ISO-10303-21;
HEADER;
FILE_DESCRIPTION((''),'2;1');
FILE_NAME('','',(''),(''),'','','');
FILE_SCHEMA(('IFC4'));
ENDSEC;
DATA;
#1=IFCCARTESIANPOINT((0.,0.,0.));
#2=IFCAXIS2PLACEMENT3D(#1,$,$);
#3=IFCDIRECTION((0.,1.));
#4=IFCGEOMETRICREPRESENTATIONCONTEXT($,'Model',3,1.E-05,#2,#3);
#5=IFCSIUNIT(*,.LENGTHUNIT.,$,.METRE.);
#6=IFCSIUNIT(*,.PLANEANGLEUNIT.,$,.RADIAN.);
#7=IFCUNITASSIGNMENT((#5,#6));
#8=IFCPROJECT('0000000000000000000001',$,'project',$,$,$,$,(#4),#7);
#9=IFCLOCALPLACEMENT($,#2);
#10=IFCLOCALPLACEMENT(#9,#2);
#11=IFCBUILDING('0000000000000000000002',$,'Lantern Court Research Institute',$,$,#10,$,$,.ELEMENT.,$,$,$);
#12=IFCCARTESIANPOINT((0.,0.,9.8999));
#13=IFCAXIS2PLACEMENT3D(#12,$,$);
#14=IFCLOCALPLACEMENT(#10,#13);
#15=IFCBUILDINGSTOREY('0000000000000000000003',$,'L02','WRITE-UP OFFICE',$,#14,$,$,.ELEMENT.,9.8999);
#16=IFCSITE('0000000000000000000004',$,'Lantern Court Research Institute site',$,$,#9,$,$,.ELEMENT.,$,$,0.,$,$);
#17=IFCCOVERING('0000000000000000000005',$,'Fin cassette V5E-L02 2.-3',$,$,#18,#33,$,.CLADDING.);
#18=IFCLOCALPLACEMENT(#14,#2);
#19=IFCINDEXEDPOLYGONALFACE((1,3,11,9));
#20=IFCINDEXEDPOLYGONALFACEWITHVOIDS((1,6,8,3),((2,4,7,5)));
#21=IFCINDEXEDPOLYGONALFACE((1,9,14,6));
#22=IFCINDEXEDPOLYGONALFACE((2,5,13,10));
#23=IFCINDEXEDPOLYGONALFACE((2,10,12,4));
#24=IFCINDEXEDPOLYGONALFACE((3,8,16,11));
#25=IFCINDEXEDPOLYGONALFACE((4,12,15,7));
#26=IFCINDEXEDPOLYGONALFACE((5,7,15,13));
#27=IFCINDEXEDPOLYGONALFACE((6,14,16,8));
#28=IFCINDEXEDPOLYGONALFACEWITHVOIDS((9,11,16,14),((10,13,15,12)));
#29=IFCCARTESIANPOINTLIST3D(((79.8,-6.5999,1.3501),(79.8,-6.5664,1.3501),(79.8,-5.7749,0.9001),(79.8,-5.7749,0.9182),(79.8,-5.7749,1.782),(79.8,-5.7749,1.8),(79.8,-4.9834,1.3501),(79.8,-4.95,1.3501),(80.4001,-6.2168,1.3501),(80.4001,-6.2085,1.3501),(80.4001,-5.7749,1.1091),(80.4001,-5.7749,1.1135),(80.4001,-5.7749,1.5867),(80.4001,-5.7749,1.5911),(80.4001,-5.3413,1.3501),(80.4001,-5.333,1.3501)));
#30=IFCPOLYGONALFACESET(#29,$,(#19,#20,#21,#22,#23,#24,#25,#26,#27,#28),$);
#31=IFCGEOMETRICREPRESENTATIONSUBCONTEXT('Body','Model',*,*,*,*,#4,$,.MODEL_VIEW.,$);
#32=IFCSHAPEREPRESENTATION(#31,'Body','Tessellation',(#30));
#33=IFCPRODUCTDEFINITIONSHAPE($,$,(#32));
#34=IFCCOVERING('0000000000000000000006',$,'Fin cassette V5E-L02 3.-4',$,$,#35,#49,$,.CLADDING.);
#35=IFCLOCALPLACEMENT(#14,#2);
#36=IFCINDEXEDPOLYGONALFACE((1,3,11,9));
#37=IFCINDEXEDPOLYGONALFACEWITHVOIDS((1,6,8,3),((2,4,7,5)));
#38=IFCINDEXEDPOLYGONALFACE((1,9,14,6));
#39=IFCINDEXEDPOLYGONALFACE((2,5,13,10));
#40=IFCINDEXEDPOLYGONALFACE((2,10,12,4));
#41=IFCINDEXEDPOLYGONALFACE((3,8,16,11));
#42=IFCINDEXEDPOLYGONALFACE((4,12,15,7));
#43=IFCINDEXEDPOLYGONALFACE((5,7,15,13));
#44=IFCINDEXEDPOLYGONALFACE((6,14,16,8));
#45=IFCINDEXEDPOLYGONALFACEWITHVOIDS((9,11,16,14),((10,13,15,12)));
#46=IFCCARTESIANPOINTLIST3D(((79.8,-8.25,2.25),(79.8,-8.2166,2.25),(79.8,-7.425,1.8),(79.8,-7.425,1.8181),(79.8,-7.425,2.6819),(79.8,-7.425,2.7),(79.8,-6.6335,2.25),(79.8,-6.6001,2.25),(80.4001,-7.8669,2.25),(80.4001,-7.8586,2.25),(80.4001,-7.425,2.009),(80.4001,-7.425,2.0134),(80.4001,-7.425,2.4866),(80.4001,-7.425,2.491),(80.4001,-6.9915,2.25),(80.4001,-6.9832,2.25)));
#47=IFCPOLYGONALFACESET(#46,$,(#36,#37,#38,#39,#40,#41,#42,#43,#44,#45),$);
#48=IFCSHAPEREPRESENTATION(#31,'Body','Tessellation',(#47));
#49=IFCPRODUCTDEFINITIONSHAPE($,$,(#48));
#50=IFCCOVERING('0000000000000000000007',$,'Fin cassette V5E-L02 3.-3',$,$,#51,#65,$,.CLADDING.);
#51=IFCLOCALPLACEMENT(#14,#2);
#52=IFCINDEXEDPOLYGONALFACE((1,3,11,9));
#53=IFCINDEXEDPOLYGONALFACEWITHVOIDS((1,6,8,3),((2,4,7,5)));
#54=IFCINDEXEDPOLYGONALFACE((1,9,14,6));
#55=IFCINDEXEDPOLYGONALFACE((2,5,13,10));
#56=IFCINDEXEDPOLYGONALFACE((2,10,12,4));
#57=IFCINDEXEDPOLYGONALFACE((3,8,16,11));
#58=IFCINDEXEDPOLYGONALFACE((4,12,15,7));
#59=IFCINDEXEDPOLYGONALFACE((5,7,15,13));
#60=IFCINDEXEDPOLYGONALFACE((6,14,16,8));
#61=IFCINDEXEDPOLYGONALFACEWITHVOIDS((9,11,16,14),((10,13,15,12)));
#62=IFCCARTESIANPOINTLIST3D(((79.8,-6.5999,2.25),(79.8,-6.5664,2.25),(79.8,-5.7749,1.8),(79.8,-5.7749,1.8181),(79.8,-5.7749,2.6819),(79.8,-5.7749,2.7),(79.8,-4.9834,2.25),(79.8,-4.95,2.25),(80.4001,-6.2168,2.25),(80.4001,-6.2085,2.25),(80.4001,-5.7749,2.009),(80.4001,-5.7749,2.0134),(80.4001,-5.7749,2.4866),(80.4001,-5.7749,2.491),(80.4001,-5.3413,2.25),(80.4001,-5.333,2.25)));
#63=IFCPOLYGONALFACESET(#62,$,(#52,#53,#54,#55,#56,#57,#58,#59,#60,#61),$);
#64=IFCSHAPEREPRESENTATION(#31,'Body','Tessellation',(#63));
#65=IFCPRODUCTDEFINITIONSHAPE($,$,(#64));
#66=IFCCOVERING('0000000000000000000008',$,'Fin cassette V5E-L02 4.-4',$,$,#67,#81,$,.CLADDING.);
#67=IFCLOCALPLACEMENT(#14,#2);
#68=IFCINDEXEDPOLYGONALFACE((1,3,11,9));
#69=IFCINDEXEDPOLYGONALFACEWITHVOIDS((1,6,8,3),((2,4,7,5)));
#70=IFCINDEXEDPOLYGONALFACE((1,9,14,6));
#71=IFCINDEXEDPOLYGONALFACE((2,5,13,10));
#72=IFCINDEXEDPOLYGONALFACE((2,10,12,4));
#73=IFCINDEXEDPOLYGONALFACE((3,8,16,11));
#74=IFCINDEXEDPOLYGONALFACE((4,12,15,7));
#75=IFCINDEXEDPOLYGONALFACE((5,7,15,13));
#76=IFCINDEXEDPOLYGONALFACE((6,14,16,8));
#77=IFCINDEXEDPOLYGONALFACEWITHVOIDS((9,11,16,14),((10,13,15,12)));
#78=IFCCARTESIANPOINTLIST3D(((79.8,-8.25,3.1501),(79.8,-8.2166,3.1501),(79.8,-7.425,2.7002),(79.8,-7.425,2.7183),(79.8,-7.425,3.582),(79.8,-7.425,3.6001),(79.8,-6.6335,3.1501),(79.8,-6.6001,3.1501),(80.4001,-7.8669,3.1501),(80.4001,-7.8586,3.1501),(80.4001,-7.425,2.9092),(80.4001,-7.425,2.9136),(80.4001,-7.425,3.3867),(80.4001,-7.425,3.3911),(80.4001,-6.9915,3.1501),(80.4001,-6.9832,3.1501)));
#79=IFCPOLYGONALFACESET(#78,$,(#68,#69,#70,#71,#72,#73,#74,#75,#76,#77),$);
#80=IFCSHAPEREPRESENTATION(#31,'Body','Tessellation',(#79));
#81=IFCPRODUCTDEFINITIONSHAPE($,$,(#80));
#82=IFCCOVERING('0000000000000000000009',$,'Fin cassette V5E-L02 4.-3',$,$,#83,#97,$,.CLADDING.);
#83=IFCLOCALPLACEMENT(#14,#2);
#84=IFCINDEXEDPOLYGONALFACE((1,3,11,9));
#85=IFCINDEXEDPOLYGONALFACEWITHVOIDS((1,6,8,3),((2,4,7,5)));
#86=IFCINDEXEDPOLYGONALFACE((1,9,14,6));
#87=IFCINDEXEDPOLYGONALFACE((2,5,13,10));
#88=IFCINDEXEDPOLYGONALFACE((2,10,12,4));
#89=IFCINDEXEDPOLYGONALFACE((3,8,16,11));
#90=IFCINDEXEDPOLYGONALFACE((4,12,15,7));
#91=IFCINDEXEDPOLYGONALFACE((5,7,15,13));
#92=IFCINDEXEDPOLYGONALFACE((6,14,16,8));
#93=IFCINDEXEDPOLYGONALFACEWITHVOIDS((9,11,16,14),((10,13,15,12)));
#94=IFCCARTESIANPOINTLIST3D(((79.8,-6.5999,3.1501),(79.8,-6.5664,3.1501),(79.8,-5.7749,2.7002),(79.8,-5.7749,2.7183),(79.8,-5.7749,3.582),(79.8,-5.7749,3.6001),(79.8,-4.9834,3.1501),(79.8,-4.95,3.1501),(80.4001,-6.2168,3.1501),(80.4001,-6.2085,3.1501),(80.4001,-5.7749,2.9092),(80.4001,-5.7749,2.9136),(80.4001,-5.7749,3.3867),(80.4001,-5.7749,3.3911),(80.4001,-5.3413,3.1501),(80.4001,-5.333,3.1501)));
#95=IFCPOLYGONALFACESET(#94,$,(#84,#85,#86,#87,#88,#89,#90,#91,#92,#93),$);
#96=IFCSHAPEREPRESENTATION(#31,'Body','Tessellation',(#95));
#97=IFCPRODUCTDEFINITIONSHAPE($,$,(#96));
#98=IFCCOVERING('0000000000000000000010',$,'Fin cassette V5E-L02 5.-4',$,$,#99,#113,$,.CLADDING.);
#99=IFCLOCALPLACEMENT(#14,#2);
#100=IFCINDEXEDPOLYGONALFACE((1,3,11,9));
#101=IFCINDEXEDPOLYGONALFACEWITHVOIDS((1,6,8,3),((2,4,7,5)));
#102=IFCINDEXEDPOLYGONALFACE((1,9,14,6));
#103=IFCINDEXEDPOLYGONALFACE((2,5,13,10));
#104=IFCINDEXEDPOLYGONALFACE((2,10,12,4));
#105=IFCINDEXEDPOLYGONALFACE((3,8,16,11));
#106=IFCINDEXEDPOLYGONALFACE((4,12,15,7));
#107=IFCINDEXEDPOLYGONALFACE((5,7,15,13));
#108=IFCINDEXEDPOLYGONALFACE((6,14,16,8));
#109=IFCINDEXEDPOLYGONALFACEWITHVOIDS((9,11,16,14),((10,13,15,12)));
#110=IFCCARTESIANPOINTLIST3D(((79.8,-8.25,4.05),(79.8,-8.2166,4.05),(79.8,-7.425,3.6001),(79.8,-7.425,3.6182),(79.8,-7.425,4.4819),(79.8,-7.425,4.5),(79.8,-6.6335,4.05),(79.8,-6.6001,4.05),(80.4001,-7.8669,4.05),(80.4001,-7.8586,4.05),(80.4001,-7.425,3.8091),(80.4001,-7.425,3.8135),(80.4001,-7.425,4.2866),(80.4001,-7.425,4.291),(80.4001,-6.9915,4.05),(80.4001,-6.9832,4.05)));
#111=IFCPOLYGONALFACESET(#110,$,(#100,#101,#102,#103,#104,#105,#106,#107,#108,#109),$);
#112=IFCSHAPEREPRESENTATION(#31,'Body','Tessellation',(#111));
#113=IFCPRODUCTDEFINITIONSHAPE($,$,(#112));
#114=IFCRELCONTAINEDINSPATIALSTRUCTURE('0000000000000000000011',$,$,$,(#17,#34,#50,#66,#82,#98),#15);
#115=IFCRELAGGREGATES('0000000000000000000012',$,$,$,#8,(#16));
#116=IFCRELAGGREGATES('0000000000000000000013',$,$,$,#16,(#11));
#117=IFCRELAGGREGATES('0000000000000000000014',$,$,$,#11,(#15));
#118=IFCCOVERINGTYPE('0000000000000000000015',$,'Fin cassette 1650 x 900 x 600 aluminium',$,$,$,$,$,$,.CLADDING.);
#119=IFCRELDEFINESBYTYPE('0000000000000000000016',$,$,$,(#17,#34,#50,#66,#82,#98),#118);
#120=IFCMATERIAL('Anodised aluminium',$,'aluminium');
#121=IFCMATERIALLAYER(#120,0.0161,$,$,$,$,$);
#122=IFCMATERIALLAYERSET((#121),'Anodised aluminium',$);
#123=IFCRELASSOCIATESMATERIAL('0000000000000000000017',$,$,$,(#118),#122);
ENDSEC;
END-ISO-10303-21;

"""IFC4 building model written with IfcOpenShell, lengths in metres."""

from ifc_helpers import new_model, entity, si_unit, direction, frame, origin, place, context, subcontext, project, spatial, material, layer, layer_set, type_object, element, save


model = new_model("IFC4")

# Units and contexts
model_context = context("Model", 3, precision=1e-05, world=origin(), true_north=direction((0.0, 1.0)))
body_context = subcontext(model_context, "Body", "Model", "MODEL_VIEW")
ifc_project = project(units=[si_unit("LENGTHUNIT", "METRE"), si_unit("PLANEANGLEUNIT", "RADIAN")], contexts=[model_context])

# Site, building, storey
site_placement = place(None, origin())
site = spatial("IfcSite", under=ifc_project, at=site_placement, Name="Lantern Court Research Institute site", CompositionType="ELEMENT", RefElevation=0.0)
building_placement = place(site_placement, origin())
building = spatial("IfcBuilding", under=site, at=building_placement, Name="Lantern Court Research Institute", CompositionType="ELEMENT")
storey_placement = place(building_placement, frame((0.0, 0.0, 9.8999)))
storey = spatial("IfcBuildingStorey", under=building, at=storey_placement, Name="L02", Description="WRITE-UP OFFICE", CompositionType="ELEMENT", Elevation=9.8999)

# Coverings
ifc_material_1 = material(Name="Anodised aluminium", Category="aluminium")
ifc_layer_1 = layer(ifc_material_1, 0.0161)
ifc_layer_set_1 = layer_set([ifc_layer_1], Name="Anodised aluminium")
covering_type = type_object("IfcCoveringType", Name="Fin cassette 1650 x 900 x 600 aluminium", PredefinedType="CLADDING", material=ifc_layer_set_1)
covering_1_placement = place(storey_placement, frame((79.8, -5.7749, 1.3501), z_axis=(1.0, 0.0, 0.0), x_axis=(0.0, 1.0, 0.0)))
cartesian_point_1 = entity("IfcCartesianPoint", [0.825, 0.0])
cartesian_point_2 = entity("IfcCartesianPoint", [0.7915, 0.0])
cartesian_point_3 = entity("IfcCartesianPoint", [0.4419, 0.0])
cartesian_point_4 = entity("IfcCartesianPoint", [0.4336, 0.0])
element("IfcCovering", 1, at=covering_1_placement, inside=storey, type_object=covering_type, Name="Fin cassette V5E-L02 2.-3", PredefinedType="CLADDING", context=body_context, shape_type="SweptSolid", body=[
    entity("IfcExtrudedAreaSolidTapered", entity("IfcArbitraryProfileDefWithVoids", "AREA", None, entity("IfcPolyline", [cartesian_point_1, entity("IfcCartesianPoint", [0.0, 0.45]), entity("IfcCartesianPoint", [-0.825, 0.0]), entity("IfcCartesianPoint", [0.0, -0.45]), cartesian_point_1]), [entity("IfcPolyline", [cartesian_point_2, entity("IfcCartesianPoint", [0.0, 0.4319]), entity("IfcCartesianPoint", [-0.7915, 0.0]), entity("IfcCartesianPoint", [0.0, -0.4319]), cartesian_point_2])]), entity("IfcAxis2Placement3D", entity("IfcCartesianPoint", [0.0, 0.0, 0.0])), entity("IfcDirection", [0.0, 0.0, 1.0]), 0.6001, entity("IfcArbitraryProfileDefWithVoids", "AREA", None, entity("IfcPolyline", [cartesian_point_3, entity("IfcCartesianPoint", [0.0, 0.241]), entity("IfcCartesianPoint", [-0.4419, 0.0]), entity("IfcCartesianPoint", [0.0, -0.241]), cartesian_point_3]), [entity("IfcPolyline", [cartesian_point_4, entity("IfcCartesianPoint", [0.0, 0.2366]), entity("IfcCartesianPoint", [-0.4336, 0.0]), entity("IfcCartesianPoint", [0.0, -0.2366]), cartesian_point_4])])),
])
covering_2_placement = place(storey_placement, frame((79.8, -7.425, 2.25), z_axis=(1.0, 0.0, 0.0), x_axis=(0.0, 1.0, 0.0)))
cartesian_point_5 = entity("IfcCartesianPoint", [0.825, 0.0])
cartesian_point_6 = entity("IfcCartesianPoint", [0.7915, 0.0])
cartesian_point_7 = entity("IfcCartesianPoint", [0.4419, 0.0])
cartesian_point_8 = entity("IfcCartesianPoint", [0.4336, 0.0])
element("IfcCovering", 2, at=covering_2_placement, inside=storey, type_object=covering_type, Name="Fin cassette V5E-L02 3.-4", PredefinedType="CLADDING", context=body_context, shape_type="SweptSolid", body=[
    entity("IfcExtrudedAreaSolidTapered", entity("IfcArbitraryProfileDefWithVoids", "AREA", None, entity("IfcPolyline", [cartesian_point_5, entity("IfcCartesianPoint", [0.0, 0.45]), entity("IfcCartesianPoint", [-0.825, 0.0]), entity("IfcCartesianPoint", [0.0, -0.45]), cartesian_point_5]), [entity("IfcPolyline", [cartesian_point_6, entity("IfcCartesianPoint", [0.0, 0.4319]), entity("IfcCartesianPoint", [-0.7915, 0.0]), entity("IfcCartesianPoint", [0.0, -0.4319]), cartesian_point_6])]), entity("IfcAxis2Placement3D", entity("IfcCartesianPoint", [0.0, 0.0, 0.0])), entity("IfcDirection", [0.0, 0.0, 1.0]), 0.6001, entity("IfcArbitraryProfileDefWithVoids", "AREA", None, entity("IfcPolyline", [cartesian_point_7, entity("IfcCartesianPoint", [0.0, 0.241]), entity("IfcCartesianPoint", [-0.4419, 0.0]), entity("IfcCartesianPoint", [0.0, -0.241]), cartesian_point_7]), [entity("IfcPolyline", [cartesian_point_8, entity("IfcCartesianPoint", [0.0, 0.2366]), entity("IfcCartesianPoint", [-0.4336, 0.0]), entity("IfcCartesianPoint", [0.0, -0.2366]), cartesian_point_8])])),
])
covering_3_placement = place(storey_placement, frame((79.8, -5.7749, 2.25), z_axis=(1.0, 0.0, 0.0), x_axis=(0.0, 1.0, 0.0)))
cartesian_point_9 = entity("IfcCartesianPoint", [0.825, 0.0])
cartesian_point_10 = entity("IfcCartesianPoint", [0.7915, 0.0])
cartesian_point_11 = entity("IfcCartesianPoint", [0.4419, 0.0])
cartesian_point_12 = entity("IfcCartesianPoint", [0.4336, 0.0])
element("IfcCovering", 3, at=covering_3_placement, inside=storey, type_object=covering_type, Name="Fin cassette V5E-L02 3.-3", PredefinedType="CLADDING", context=body_context, shape_type="SweptSolid", body=[
    entity("IfcExtrudedAreaSolidTapered", entity("IfcArbitraryProfileDefWithVoids", "AREA", None, entity("IfcPolyline", [cartesian_point_9, entity("IfcCartesianPoint", [0.0, 0.45]), entity("IfcCartesianPoint", [-0.825, 0.0]), entity("IfcCartesianPoint", [0.0, -0.45]), cartesian_point_9]), [entity("IfcPolyline", [cartesian_point_10, entity("IfcCartesianPoint", [0.0, 0.4319]), entity("IfcCartesianPoint", [-0.7915, 0.0]), entity("IfcCartesianPoint", [0.0, -0.4319]), cartesian_point_10])]), entity("IfcAxis2Placement3D", entity("IfcCartesianPoint", [0.0, 0.0, 0.0])), entity("IfcDirection", [0.0, 0.0, 1.0]), 0.6001, entity("IfcArbitraryProfileDefWithVoids", "AREA", None, entity("IfcPolyline", [cartesian_point_11, entity("IfcCartesianPoint", [0.0, 0.241]), entity("IfcCartesianPoint", [-0.4419, 0.0]), entity("IfcCartesianPoint", [0.0, -0.241]), cartesian_point_11]), [entity("IfcPolyline", [cartesian_point_12, entity("IfcCartesianPoint", [0.0, 0.2366]), entity("IfcCartesianPoint", [-0.4336, 0.0]), entity("IfcCartesianPoint", [0.0, -0.2366]), cartesian_point_12])])),
])
covering_4_placement = place(storey_placement, frame((79.8, -7.425, 3.1501), z_axis=(1.0, 0.0, 0.0), x_axis=(0.0, 1.0, 0.0)))
cartesian_point_13 = entity("IfcCartesianPoint", [0.825, 0.0])
cartesian_point_14 = entity("IfcCartesianPoint", [0.7915, 0.0])
cartesian_point_15 = entity("IfcCartesianPoint", [0.4419, 0.0])
cartesian_point_16 = entity("IfcCartesianPoint", [0.4336, 0.0])
element("IfcCovering", 4, at=covering_4_placement, inside=storey, type_object=covering_type, Name="Fin cassette V5E-L02 4.-4", PredefinedType="CLADDING", context=body_context, shape_type="SweptSolid", body=[
    entity("IfcExtrudedAreaSolidTapered", entity("IfcArbitraryProfileDefWithVoids", "AREA", None, entity("IfcPolyline", [cartesian_point_13, entity("IfcCartesianPoint", [0.0, 0.45]), entity("IfcCartesianPoint", [-0.825, 0.0]), entity("IfcCartesianPoint", [0.0, -0.45]), cartesian_point_13]), [entity("IfcPolyline", [cartesian_point_14, entity("IfcCartesianPoint", [0.0, 0.4319]), entity("IfcCartesianPoint", [-0.7915, 0.0]), entity("IfcCartesianPoint", [0.0, -0.4319]), cartesian_point_14])]), entity("IfcAxis2Placement3D", entity("IfcCartesianPoint", [0.0, 0.0, 0.0])), entity("IfcDirection", [0.0, 0.0, 1.0]), 0.6001, entity("IfcArbitraryProfileDefWithVoids", "AREA", None, entity("IfcPolyline", [cartesian_point_15, entity("IfcCartesianPoint", [0.0, 0.241]), entity("IfcCartesianPoint", [-0.4419, 0.0]), entity("IfcCartesianPoint", [0.0, -0.241]), cartesian_point_15]), [entity("IfcPolyline", [cartesian_point_16, entity("IfcCartesianPoint", [0.0, 0.2366]), entity("IfcCartesianPoint", [-0.4336, 0.0]), entity("IfcCartesianPoint", [0.0, -0.2366]), cartesian_point_16])])),
])
covering_5_placement = place(storey_placement, frame((79.8, -5.7749, 3.1501), z_axis=(1.0, 0.0, 0.0), x_axis=(0.0, 1.0, 0.0)))
cartesian_point_17 = entity("IfcCartesianPoint", [0.825, 0.0])
cartesian_point_18 = entity("IfcCartesianPoint", [0.7915, 0.0])
cartesian_point_19 = entity("IfcCartesianPoint", [0.4419, 0.0])
cartesian_point_20 = entity("IfcCartesianPoint", [0.4336, 0.0])
element("IfcCovering", 5, at=covering_5_placement, inside=storey, type_object=covering_type, Name="Fin cassette V5E-L02 4.-3", PredefinedType="CLADDING", context=body_context, shape_type="SweptSolid", body=[
    entity("IfcExtrudedAreaSolidTapered", entity("IfcArbitraryProfileDefWithVoids", "AREA", None, entity("IfcPolyline", [cartesian_point_17, entity("IfcCartesianPoint", [0.0, 0.45]), entity("IfcCartesianPoint", [-0.825, 0.0]), entity("IfcCartesianPoint", [0.0, -0.45]), cartesian_point_17]), [entity("IfcPolyline", [cartesian_point_18, entity("IfcCartesianPoint", [0.0, 0.4319]), entity("IfcCartesianPoint", [-0.7915, 0.0]), entity("IfcCartesianPoint", [0.0, -0.4319]), cartesian_point_18])]), entity("IfcAxis2Placement3D", entity("IfcCartesianPoint", [0.0, 0.0, 0.0])), entity("IfcDirection", [0.0, 0.0, 1.0]), 0.6001, entity("IfcArbitraryProfileDefWithVoids", "AREA", None, entity("IfcPolyline", [cartesian_point_19, entity("IfcCartesianPoint", [0.0, 0.241]), entity("IfcCartesianPoint", [-0.4419, 0.0]), entity("IfcCartesianPoint", [0.0, -0.241]), cartesian_point_19]), [entity("IfcPolyline", [cartesian_point_20, entity("IfcCartesianPoint", [0.0, 0.2366]), entity("IfcCartesianPoint", [-0.4336, 0.0]), entity("IfcCartesianPoint", [0.0, -0.2366]), cartesian_point_20])])),
])
covering_6_placement = place(storey_placement, frame((79.8, -7.425, 4.05), z_axis=(1.0, 0.0, 0.0), x_axis=(0.0, 1.0, 0.0)))
cartesian_point_21 = entity("IfcCartesianPoint", [0.825, 0.0])
cartesian_point_22 = entity("IfcCartesianPoint", [0.7915, 0.0])
cartesian_point_23 = entity("IfcCartesianPoint", [0.4419, 0.0])
cartesian_point_24 = entity("IfcCartesianPoint", [0.4336, 0.0])
element("IfcCovering", 6, at=covering_6_placement, inside=storey, type_object=covering_type, Name="Fin cassette V5E-L02 5.-4", PredefinedType="CLADDING", context=body_context, shape_type="SweptSolid", body=[
    entity("IfcExtrudedAreaSolidTapered", entity("IfcArbitraryProfileDefWithVoids", "AREA", None, entity("IfcPolyline", [cartesian_point_21, entity("IfcCartesianPoint", [0.0, 0.45]), entity("IfcCartesianPoint", [-0.825, 0.0]), entity("IfcCartesianPoint", [0.0, -0.45]), cartesian_point_21]), [entity("IfcPolyline", [cartesian_point_22, entity("IfcCartesianPoint", [0.0, 0.4319]), entity("IfcCartesianPoint", [-0.7915, 0.0]), entity("IfcCartesianPoint", [0.0, -0.4319]), cartesian_point_22])]), entity("IfcAxis2Placement3D", entity("IfcCartesianPoint", [0.0, 0.0, 0.0])), entity("IfcDirection", [0.0, 0.0, 1.0]), 0.6001, entity("IfcArbitraryProfileDefWithVoids", "AREA", None, entity("IfcPolyline", [cartesian_point_23, entity("IfcCartesianPoint", [0.0, 0.241]), entity("IfcCartesianPoint", [-0.4419, 0.0]), entity("IfcCartesianPoint", [0.0, -0.241]), cartesian_point_23]), [entity("IfcPolyline", [cartesian_point_24, entity("IfcCartesianPoint", [0.0, 0.2366]), entity("IfcCartesianPoint", [-0.4336, 0.0]), entity("IfcCartesianPoint", [0.0, -0.2366]), cartesian_point_24])])),
])

save(model, "model.ifc")
